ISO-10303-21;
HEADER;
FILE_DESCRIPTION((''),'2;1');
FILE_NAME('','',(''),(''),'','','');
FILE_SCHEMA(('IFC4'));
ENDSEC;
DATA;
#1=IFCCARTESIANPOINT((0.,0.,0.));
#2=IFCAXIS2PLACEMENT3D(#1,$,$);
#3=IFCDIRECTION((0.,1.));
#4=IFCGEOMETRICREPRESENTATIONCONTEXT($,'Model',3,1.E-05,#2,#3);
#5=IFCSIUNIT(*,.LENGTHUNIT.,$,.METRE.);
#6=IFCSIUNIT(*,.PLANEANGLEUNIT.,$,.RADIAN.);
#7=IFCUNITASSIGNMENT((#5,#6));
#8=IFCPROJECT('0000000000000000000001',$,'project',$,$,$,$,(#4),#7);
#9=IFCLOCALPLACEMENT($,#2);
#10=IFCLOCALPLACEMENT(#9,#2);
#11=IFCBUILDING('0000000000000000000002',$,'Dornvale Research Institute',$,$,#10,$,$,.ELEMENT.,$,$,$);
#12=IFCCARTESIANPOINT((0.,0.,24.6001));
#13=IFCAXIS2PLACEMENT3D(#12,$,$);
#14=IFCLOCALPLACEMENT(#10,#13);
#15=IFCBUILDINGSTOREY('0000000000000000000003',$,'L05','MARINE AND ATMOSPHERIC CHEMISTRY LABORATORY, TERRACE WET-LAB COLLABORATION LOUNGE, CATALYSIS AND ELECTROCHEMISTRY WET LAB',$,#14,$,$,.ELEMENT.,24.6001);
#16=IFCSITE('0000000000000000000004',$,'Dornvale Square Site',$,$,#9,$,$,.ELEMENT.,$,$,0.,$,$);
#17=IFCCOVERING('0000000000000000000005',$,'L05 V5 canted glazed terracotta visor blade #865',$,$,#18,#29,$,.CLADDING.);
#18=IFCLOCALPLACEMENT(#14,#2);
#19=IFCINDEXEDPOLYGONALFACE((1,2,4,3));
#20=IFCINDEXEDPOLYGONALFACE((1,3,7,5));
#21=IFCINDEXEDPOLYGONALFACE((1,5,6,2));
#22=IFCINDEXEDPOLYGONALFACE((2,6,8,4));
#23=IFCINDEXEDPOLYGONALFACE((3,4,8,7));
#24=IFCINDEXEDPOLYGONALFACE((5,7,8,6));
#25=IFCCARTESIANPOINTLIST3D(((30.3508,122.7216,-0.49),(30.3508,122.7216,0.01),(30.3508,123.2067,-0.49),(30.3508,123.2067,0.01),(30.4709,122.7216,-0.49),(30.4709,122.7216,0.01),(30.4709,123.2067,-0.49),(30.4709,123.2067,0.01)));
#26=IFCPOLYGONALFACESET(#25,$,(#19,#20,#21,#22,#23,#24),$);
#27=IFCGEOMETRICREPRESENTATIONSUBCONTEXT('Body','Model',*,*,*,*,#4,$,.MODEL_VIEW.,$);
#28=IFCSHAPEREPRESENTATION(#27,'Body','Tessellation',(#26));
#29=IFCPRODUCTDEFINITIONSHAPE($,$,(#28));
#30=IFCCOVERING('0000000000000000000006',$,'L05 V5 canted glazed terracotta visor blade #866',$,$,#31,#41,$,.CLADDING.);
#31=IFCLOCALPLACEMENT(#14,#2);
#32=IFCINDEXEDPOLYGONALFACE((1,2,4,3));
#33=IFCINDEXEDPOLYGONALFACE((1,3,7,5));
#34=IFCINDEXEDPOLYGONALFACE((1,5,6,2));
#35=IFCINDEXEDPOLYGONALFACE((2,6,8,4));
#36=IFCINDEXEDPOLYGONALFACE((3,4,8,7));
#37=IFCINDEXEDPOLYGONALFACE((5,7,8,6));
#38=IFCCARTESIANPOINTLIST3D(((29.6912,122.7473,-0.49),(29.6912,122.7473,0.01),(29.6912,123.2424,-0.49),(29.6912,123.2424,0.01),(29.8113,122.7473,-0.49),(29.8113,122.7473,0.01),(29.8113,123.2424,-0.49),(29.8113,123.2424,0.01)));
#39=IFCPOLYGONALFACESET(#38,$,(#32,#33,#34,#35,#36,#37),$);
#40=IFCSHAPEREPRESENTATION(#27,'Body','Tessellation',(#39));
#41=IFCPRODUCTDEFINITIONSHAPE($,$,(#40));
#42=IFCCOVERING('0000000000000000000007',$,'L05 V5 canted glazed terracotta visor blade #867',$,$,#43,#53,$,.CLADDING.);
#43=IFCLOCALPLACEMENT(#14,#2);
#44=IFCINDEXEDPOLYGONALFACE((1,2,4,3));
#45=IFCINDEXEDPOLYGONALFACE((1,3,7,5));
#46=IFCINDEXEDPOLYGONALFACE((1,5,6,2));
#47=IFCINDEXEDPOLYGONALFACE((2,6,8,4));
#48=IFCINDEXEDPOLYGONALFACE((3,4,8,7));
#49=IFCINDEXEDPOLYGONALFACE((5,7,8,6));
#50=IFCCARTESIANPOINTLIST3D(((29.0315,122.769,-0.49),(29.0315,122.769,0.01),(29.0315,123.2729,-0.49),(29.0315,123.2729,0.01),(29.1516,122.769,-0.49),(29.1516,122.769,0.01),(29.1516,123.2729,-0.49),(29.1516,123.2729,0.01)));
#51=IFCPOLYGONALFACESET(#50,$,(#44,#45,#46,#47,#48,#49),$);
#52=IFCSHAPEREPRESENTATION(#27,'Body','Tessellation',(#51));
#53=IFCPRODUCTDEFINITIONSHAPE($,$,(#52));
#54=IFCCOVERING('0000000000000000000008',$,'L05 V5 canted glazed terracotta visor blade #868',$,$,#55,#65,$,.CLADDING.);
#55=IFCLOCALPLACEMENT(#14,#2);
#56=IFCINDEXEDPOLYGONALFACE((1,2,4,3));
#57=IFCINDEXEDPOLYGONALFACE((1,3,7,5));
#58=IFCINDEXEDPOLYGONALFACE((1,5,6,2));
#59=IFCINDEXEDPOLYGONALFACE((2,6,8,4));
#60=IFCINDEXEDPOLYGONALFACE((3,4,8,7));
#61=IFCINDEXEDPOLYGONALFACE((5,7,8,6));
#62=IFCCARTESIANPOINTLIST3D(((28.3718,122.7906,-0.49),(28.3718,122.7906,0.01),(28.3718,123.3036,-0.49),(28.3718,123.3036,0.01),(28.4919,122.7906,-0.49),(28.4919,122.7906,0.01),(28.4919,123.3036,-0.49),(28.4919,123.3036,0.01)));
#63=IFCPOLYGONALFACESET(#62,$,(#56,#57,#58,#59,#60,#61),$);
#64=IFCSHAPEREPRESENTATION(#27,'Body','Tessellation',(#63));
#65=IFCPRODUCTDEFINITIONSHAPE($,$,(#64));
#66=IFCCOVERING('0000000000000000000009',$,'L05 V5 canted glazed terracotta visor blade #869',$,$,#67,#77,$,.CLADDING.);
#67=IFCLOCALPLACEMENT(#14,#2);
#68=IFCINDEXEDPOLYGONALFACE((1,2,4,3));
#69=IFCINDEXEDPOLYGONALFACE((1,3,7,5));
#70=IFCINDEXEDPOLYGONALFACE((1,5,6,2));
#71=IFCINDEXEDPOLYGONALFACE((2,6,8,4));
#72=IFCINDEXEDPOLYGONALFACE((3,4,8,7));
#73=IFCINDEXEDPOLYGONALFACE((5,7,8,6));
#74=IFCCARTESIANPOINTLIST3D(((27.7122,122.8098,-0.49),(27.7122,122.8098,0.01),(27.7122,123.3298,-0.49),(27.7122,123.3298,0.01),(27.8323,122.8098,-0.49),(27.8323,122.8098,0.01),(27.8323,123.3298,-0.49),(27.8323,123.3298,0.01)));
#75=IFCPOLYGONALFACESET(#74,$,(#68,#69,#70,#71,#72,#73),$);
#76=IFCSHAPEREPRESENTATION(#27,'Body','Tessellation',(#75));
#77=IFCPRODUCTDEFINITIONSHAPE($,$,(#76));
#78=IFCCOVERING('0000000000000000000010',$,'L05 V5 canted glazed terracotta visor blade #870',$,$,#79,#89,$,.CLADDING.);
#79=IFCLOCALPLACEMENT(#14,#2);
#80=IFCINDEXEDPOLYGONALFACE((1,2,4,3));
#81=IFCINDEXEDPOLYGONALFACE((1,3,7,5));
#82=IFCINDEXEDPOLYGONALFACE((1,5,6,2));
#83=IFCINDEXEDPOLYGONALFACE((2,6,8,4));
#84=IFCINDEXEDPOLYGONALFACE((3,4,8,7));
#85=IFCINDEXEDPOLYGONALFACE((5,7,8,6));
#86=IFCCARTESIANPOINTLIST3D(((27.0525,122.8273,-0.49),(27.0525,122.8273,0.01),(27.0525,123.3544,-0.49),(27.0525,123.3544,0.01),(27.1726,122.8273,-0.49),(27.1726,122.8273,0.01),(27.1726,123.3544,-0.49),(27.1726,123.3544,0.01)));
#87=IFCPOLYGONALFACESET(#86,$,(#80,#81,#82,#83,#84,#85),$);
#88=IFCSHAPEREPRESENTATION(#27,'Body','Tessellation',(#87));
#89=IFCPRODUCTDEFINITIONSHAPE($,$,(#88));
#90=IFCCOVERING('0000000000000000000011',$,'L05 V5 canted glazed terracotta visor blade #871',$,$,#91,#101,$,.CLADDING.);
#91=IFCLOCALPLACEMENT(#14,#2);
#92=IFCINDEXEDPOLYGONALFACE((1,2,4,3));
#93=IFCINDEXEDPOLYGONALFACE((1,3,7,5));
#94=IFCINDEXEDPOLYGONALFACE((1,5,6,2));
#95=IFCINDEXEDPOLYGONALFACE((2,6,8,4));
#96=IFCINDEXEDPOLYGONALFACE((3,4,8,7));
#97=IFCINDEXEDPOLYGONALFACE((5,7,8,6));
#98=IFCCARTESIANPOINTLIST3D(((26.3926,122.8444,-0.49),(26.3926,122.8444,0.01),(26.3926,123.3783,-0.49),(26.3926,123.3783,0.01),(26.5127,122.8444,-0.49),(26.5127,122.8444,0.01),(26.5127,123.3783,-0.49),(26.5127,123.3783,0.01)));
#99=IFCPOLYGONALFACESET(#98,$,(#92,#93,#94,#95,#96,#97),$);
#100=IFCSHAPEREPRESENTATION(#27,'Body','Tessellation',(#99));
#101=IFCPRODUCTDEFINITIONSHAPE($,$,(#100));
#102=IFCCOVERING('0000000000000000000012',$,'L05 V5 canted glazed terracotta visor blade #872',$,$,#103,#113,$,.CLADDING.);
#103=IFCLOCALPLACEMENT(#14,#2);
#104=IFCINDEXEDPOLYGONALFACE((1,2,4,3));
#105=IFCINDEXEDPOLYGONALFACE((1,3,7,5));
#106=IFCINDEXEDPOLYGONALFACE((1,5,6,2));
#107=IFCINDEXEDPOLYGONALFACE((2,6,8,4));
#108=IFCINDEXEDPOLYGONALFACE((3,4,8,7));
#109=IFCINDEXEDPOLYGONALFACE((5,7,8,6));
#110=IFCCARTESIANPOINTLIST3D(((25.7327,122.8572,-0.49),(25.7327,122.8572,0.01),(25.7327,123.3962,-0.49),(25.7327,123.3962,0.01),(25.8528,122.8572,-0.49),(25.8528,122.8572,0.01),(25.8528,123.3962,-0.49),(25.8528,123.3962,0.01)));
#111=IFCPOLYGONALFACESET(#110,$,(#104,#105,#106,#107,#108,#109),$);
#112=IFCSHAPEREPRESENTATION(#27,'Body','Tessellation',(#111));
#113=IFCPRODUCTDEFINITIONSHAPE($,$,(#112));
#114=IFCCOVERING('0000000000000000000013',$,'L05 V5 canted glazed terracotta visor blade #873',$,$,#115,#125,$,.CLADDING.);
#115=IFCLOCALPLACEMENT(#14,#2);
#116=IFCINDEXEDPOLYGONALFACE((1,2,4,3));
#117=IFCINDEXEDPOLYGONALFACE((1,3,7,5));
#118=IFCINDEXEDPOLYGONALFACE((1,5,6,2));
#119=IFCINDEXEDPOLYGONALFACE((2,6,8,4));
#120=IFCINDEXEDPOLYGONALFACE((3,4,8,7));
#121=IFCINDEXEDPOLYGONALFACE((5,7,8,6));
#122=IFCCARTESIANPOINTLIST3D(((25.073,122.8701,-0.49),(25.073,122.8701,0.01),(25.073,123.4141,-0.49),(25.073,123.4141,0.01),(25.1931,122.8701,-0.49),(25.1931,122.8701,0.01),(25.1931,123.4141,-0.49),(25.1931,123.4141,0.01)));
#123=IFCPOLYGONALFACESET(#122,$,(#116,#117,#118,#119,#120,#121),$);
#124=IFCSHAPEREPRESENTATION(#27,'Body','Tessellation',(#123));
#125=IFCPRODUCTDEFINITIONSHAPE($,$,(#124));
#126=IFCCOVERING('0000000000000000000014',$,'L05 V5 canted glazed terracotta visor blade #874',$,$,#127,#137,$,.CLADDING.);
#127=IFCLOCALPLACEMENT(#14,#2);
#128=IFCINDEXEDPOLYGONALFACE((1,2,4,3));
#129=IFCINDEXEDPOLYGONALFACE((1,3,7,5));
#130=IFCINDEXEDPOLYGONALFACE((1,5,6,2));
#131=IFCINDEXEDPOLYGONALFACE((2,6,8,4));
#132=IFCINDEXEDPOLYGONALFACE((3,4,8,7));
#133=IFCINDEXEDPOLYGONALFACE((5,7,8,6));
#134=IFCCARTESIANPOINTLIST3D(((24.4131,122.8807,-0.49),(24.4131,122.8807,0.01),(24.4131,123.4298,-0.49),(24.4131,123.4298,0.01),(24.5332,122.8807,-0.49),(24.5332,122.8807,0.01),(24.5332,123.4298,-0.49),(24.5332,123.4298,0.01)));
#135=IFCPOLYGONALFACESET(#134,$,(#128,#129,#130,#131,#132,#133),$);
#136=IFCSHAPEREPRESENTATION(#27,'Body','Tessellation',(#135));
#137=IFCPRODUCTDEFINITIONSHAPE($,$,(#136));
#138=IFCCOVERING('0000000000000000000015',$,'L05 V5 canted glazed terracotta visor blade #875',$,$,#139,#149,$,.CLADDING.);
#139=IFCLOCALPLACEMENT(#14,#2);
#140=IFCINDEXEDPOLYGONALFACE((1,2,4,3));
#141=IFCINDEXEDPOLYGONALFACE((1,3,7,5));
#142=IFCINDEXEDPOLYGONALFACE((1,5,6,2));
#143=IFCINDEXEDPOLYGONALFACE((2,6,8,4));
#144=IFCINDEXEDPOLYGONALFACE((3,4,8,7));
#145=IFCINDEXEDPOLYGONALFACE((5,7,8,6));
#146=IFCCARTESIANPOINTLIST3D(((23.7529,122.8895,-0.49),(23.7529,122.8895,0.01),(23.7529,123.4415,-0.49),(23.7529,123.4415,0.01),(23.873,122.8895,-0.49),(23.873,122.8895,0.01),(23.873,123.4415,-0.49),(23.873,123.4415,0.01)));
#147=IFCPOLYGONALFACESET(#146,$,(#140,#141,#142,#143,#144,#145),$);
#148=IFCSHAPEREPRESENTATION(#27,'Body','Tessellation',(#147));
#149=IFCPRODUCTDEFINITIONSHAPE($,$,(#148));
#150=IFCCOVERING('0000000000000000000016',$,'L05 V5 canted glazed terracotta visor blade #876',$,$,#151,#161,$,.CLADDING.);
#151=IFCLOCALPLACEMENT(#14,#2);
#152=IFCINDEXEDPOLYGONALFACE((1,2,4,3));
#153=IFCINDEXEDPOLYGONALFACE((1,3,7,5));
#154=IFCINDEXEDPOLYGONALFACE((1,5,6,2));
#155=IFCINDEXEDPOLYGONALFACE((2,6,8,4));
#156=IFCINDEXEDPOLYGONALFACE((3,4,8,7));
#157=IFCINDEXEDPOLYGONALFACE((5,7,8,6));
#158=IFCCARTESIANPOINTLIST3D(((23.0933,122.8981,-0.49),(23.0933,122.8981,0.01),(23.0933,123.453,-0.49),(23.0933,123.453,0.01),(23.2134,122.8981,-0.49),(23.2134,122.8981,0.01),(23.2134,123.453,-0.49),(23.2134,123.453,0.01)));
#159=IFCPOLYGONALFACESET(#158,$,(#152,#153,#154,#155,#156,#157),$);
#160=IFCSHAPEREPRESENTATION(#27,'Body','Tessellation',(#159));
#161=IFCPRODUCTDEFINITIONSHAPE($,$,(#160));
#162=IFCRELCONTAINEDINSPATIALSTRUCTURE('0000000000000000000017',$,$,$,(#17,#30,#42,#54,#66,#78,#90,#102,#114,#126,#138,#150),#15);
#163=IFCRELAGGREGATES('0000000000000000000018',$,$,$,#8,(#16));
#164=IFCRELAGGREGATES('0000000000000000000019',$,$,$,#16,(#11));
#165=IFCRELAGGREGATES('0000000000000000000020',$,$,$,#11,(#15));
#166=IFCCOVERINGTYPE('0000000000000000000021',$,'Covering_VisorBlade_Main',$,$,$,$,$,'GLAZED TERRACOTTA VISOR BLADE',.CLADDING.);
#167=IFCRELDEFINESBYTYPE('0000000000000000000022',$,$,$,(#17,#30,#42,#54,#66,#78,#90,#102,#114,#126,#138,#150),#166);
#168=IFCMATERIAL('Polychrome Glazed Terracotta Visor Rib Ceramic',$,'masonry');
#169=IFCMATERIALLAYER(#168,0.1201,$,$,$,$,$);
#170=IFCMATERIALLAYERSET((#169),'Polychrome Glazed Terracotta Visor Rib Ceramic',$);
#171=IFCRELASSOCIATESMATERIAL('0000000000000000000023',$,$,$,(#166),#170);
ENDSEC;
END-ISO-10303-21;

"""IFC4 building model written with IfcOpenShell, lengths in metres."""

from ifc_helpers import new_model, si_unit, direction, frame, origin, origin_2d, place, context, subcontext, project, spatial, rectangle, extrude, material, layer, layer_set, type_object, element, save


model = new_model("IFC4")

# Units and contexts
model_context = context("Model", 3, precision=1e-05, world=origin(), true_north=direction((0.0, 1.0)))
body_context = subcontext(model_context, "Body", "Model", "MODEL_VIEW")
ifc_project = project(units=[si_unit("LENGTHUNIT", "METRE"), si_unit("PLANEANGLEUNIT", "RADIAN")], contexts=[model_context])

# Site, building, storey
site_placement = place(None, origin())
site = spatial("IfcSite", under=ifc_project, at=site_placement, Name="Dornvale Square Site", CompositionType="ELEMENT", RefElevation=0.0)
building_placement = place(site_placement, origin())
building = spatial("IfcBuilding", under=site, at=building_placement, Name="Dornvale Research Institute", CompositionType="ELEMENT")
storey_placement = place(building_placement, frame((0.0, 0.0, 24.6001)))
storey = spatial("IfcBuildingStorey", under=building, at=storey_placement, Name="L05", Description="MARINE AND ATMOSPHERIC CHEMISTRY LABORATORY, TERRACE WET-LAB COLLABORATION LOUNGE, CATALYSIS AND ELECTROCHEMISTRY WET LAB", CompositionType="ELEMENT", Elevation=24.6001)

# Coverings
ifc_material_1 = material(Name="Polychrome Glazed Terracotta Visor Rib Ceramic", Category="masonry")
ifc_layer_1 = layer(ifc_material_1, 0.1201)
ifc_layer_set_1 = layer_set([ifc_layer_1], Name="Polychrome Glazed Terracotta Visor Rib Ceramic")
covering_type = type_object("IfcCoveringType", Name="Covering_VisorBlade_Main", ElementType="GLAZED TERRACOTTA VISOR BLADE", PredefinedType="CLADDING", material=ifc_layer_set_1)
covering_1_placement = place(storey_placement, frame((30.4109, 122.9641, -0.49), z_axis=(0.0, 0.0, 1.0), x_axis=(0.0, 1.0, 0.0)))
element("IfcCovering", 1, at=covering_1_placement, inside=storey, type_object=covering_type, Name="L05 V5 canted glazed terracotta visor blade #865", PredefinedType="CLADDING", context=body_context, shape_type="SweptSolid", body=[
    extrude(rectangle(XDim=0.4851, YDim=0.1201, at=origin_2d()), origin(), (0.0, 0.0, 1.0), 0.5),
])
covering_2_placement = place(storey_placement, frame((29.7512, 122.9949, -0.49), z_axis=(0.0, 0.0, 1.0), x_axis=(0.0, 1.0, 0.0)))
element("IfcCovering", 2, at=covering_2_placement, inside=storey, type_object=covering_type, Name="L05 V5 canted glazed terracotta visor blade #866", PredefinedType="CLADDING", context=body_context, shape_type="SweptSolid", body=[
    extrude(rectangle(XDim=0.4951, YDim=0.1201, at=origin_2d()), origin(), (0.0, 0.0, 1.0), 0.5),
])
covering_3_placement = place(storey_placement, frame((29.0916, 123.021, -0.49), z_axis=(0.0, 0.0, 1.0), x_axis=(0.0, 1.0, 0.0)))
element("IfcCovering", 3, at=covering_3_placement, inside=storey, type_object=covering_type, Name="L05 V5 canted glazed terracotta visor blade #867", PredefinedType="CLADDING", context=body_context, shape_type="SweptSolid", body=[
    extrude(rectangle(XDim=0.5039, YDim=0.1201, at=origin_2d()), origin(), (0.0, 0.0, 1.0), 0.5),
])
covering_4_placement = place(storey_placement, frame((28.4319, 123.0471, -0.49), z_axis=(0.0, 0.0, 1.0), x_axis=(0.0, 1.0, 0.0)))
element("IfcCovering", 4, at=covering_4_placement, inside=storey, type_object=covering_type, Name="L05 V5 canted glazed terracotta visor blade #868", PredefinedType="CLADDING", context=body_context, shape_type="SweptSolid", body=[
    extrude(rectangle(XDim=0.5129, YDim=0.1201, at=origin_2d()), origin(), (0.0, 0.0, 1.0), 0.5),
])
covering_5_placement = place(storey_placement, frame((27.7722, 123.0698, -0.49), z_axis=(0.0, 0.0, 1.0), x_axis=(0.0, 1.0, 0.0)))
element("IfcCovering", 5, at=covering_5_placement, inside=storey, type_object=covering_type, Name="L05 V5 canted glazed terracotta visor blade #869", PredefinedType="CLADDING", context=body_context, shape_type="SweptSolid", body=[
    extrude(rectangle(XDim=0.52, YDim=0.1201, at=origin_2d()), origin(), (0.0, 0.0, 1.0), 0.5),
])
covering_6_placement = place(storey_placement, frame((27.1125, 123.0908, -0.49), z_axis=(0.0, 0.0, 1.0), x_axis=(0.0, 1.0, 0.0)))
element("IfcCovering", 6, at=covering_6_placement, inside=storey, type_object=covering_type, Name="L05 V5 canted glazed terracotta visor blade #870", PredefinedType="CLADDING", context=body_context, shape_type="SweptSolid", body=[
    extrude(rectangle(XDim=0.5271, YDim=0.1201, at=origin_2d()), origin(), (0.0, 0.0, 1.0), 0.5),
])
covering_7_placement = place(storey_placement, frame((26.4526, 123.1113, -0.49), z_axis=(0.0, 0.0, 1.0), x_axis=(0.0, 1.0, 0.0)))
element("IfcCovering", 7, at=covering_7_placement, inside=storey, type_object=covering_type, Name="L05 V5 canted glazed terracotta visor blade #871", PredefinedType="CLADDING", context=body_context, shape_type="SweptSolid", body=[
    extrude(rectangle(XDim=0.5339, YDim=0.1201, at=origin_2d()), origin(), (0.0, 0.0, 1.0), 0.5),
])
covering_8_placement = place(storey_placement, frame((25.7927, 123.1267, -0.49), z_axis=(0.0, 0.0, 1.0), x_axis=(0.0, 1.0, 0.0)))
element("IfcCovering", 8, at=covering_8_placement, inside=storey, type_object=covering_type, Name="L05 V5 canted glazed terracotta visor blade #872", PredefinedType="CLADDING", context=body_context, shape_type="SweptSolid", body=[
    extrude(rectangle(XDim=0.5391, YDim=0.1201, at=origin_2d()), origin(), (0.0, 0.0, 1.0), 0.5),
])
covering_9_placement = place(storey_placement, frame((25.1331, 123.1421, -0.49), z_axis=(0.0, 0.0, 1.0), x_axis=(0.0, 1.0, 0.0)))
element("IfcCovering", 9, at=covering_9_placement, inside=storey, type_object=covering_type, Name="L05 V5 canted glazed terracotta visor blade #873", PredefinedType="CLADDING", context=body_context, shape_type="SweptSolid", body=[
    extrude(rectangle(XDim=0.5439, YDim=0.1201, at=origin_2d()), origin(), (0.0, 0.0, 1.0), 0.5),
])
covering_10_placement = place(storey_placement, frame((24.4731, 123.1553, -0.49), z_axis=(0.0, 0.0, 1.0), x_axis=(0.0, 1.0, 0.0)))
element("IfcCovering", 10, at=covering_10_placement, inside=storey, type_object=covering_type, Name="L05 V5 canted glazed terracotta visor blade #874", PredefinedType="CLADDING", context=body_context, shape_type="SweptSolid", body=[
    extrude(rectangle(XDim=0.5491, YDim=0.1201, at=origin_2d()), origin(), (0.0, 0.0, 1.0), 0.5),
])
covering_11_placement = place(storey_placement, frame((23.813, 123.1655, -0.49), z_axis=(0.0, 0.0, 1.0), x_axis=(0.0, 1.0, 0.0)))
element("IfcCovering", 11, at=covering_11_placement, inside=storey, type_object=covering_type, Name="L05 V5 canted glazed terracotta visor blade #875", PredefinedType="CLADDING", context=body_context, shape_type="SweptSolid", body=[
    extrude(rectangle(XDim=0.552, YDim=0.1201, at=origin_2d()), origin(), (0.0, 0.0, 1.0), 0.5),
])
covering_12_placement = place(storey_placement, frame((23.1533, 123.1755, -0.49), z_axis=(0.0, 0.0, 1.0), x_axis=(0.0, 1.0, 0.0)))
element("IfcCovering", 12, at=covering_12_placement, inside=storey, type_object=covering_type, Name="L05 V5 canted glazed terracotta visor blade #876", PredefinedType="CLADDING", context=body_context, shape_type="SweptSolid", body=[
    extrude(rectangle(XDim=0.5549, YDim=0.1201, at=origin_2d()), origin(), (0.0, 0.0, 1.0), 0.5),
])

save(model, "model.ifc")
